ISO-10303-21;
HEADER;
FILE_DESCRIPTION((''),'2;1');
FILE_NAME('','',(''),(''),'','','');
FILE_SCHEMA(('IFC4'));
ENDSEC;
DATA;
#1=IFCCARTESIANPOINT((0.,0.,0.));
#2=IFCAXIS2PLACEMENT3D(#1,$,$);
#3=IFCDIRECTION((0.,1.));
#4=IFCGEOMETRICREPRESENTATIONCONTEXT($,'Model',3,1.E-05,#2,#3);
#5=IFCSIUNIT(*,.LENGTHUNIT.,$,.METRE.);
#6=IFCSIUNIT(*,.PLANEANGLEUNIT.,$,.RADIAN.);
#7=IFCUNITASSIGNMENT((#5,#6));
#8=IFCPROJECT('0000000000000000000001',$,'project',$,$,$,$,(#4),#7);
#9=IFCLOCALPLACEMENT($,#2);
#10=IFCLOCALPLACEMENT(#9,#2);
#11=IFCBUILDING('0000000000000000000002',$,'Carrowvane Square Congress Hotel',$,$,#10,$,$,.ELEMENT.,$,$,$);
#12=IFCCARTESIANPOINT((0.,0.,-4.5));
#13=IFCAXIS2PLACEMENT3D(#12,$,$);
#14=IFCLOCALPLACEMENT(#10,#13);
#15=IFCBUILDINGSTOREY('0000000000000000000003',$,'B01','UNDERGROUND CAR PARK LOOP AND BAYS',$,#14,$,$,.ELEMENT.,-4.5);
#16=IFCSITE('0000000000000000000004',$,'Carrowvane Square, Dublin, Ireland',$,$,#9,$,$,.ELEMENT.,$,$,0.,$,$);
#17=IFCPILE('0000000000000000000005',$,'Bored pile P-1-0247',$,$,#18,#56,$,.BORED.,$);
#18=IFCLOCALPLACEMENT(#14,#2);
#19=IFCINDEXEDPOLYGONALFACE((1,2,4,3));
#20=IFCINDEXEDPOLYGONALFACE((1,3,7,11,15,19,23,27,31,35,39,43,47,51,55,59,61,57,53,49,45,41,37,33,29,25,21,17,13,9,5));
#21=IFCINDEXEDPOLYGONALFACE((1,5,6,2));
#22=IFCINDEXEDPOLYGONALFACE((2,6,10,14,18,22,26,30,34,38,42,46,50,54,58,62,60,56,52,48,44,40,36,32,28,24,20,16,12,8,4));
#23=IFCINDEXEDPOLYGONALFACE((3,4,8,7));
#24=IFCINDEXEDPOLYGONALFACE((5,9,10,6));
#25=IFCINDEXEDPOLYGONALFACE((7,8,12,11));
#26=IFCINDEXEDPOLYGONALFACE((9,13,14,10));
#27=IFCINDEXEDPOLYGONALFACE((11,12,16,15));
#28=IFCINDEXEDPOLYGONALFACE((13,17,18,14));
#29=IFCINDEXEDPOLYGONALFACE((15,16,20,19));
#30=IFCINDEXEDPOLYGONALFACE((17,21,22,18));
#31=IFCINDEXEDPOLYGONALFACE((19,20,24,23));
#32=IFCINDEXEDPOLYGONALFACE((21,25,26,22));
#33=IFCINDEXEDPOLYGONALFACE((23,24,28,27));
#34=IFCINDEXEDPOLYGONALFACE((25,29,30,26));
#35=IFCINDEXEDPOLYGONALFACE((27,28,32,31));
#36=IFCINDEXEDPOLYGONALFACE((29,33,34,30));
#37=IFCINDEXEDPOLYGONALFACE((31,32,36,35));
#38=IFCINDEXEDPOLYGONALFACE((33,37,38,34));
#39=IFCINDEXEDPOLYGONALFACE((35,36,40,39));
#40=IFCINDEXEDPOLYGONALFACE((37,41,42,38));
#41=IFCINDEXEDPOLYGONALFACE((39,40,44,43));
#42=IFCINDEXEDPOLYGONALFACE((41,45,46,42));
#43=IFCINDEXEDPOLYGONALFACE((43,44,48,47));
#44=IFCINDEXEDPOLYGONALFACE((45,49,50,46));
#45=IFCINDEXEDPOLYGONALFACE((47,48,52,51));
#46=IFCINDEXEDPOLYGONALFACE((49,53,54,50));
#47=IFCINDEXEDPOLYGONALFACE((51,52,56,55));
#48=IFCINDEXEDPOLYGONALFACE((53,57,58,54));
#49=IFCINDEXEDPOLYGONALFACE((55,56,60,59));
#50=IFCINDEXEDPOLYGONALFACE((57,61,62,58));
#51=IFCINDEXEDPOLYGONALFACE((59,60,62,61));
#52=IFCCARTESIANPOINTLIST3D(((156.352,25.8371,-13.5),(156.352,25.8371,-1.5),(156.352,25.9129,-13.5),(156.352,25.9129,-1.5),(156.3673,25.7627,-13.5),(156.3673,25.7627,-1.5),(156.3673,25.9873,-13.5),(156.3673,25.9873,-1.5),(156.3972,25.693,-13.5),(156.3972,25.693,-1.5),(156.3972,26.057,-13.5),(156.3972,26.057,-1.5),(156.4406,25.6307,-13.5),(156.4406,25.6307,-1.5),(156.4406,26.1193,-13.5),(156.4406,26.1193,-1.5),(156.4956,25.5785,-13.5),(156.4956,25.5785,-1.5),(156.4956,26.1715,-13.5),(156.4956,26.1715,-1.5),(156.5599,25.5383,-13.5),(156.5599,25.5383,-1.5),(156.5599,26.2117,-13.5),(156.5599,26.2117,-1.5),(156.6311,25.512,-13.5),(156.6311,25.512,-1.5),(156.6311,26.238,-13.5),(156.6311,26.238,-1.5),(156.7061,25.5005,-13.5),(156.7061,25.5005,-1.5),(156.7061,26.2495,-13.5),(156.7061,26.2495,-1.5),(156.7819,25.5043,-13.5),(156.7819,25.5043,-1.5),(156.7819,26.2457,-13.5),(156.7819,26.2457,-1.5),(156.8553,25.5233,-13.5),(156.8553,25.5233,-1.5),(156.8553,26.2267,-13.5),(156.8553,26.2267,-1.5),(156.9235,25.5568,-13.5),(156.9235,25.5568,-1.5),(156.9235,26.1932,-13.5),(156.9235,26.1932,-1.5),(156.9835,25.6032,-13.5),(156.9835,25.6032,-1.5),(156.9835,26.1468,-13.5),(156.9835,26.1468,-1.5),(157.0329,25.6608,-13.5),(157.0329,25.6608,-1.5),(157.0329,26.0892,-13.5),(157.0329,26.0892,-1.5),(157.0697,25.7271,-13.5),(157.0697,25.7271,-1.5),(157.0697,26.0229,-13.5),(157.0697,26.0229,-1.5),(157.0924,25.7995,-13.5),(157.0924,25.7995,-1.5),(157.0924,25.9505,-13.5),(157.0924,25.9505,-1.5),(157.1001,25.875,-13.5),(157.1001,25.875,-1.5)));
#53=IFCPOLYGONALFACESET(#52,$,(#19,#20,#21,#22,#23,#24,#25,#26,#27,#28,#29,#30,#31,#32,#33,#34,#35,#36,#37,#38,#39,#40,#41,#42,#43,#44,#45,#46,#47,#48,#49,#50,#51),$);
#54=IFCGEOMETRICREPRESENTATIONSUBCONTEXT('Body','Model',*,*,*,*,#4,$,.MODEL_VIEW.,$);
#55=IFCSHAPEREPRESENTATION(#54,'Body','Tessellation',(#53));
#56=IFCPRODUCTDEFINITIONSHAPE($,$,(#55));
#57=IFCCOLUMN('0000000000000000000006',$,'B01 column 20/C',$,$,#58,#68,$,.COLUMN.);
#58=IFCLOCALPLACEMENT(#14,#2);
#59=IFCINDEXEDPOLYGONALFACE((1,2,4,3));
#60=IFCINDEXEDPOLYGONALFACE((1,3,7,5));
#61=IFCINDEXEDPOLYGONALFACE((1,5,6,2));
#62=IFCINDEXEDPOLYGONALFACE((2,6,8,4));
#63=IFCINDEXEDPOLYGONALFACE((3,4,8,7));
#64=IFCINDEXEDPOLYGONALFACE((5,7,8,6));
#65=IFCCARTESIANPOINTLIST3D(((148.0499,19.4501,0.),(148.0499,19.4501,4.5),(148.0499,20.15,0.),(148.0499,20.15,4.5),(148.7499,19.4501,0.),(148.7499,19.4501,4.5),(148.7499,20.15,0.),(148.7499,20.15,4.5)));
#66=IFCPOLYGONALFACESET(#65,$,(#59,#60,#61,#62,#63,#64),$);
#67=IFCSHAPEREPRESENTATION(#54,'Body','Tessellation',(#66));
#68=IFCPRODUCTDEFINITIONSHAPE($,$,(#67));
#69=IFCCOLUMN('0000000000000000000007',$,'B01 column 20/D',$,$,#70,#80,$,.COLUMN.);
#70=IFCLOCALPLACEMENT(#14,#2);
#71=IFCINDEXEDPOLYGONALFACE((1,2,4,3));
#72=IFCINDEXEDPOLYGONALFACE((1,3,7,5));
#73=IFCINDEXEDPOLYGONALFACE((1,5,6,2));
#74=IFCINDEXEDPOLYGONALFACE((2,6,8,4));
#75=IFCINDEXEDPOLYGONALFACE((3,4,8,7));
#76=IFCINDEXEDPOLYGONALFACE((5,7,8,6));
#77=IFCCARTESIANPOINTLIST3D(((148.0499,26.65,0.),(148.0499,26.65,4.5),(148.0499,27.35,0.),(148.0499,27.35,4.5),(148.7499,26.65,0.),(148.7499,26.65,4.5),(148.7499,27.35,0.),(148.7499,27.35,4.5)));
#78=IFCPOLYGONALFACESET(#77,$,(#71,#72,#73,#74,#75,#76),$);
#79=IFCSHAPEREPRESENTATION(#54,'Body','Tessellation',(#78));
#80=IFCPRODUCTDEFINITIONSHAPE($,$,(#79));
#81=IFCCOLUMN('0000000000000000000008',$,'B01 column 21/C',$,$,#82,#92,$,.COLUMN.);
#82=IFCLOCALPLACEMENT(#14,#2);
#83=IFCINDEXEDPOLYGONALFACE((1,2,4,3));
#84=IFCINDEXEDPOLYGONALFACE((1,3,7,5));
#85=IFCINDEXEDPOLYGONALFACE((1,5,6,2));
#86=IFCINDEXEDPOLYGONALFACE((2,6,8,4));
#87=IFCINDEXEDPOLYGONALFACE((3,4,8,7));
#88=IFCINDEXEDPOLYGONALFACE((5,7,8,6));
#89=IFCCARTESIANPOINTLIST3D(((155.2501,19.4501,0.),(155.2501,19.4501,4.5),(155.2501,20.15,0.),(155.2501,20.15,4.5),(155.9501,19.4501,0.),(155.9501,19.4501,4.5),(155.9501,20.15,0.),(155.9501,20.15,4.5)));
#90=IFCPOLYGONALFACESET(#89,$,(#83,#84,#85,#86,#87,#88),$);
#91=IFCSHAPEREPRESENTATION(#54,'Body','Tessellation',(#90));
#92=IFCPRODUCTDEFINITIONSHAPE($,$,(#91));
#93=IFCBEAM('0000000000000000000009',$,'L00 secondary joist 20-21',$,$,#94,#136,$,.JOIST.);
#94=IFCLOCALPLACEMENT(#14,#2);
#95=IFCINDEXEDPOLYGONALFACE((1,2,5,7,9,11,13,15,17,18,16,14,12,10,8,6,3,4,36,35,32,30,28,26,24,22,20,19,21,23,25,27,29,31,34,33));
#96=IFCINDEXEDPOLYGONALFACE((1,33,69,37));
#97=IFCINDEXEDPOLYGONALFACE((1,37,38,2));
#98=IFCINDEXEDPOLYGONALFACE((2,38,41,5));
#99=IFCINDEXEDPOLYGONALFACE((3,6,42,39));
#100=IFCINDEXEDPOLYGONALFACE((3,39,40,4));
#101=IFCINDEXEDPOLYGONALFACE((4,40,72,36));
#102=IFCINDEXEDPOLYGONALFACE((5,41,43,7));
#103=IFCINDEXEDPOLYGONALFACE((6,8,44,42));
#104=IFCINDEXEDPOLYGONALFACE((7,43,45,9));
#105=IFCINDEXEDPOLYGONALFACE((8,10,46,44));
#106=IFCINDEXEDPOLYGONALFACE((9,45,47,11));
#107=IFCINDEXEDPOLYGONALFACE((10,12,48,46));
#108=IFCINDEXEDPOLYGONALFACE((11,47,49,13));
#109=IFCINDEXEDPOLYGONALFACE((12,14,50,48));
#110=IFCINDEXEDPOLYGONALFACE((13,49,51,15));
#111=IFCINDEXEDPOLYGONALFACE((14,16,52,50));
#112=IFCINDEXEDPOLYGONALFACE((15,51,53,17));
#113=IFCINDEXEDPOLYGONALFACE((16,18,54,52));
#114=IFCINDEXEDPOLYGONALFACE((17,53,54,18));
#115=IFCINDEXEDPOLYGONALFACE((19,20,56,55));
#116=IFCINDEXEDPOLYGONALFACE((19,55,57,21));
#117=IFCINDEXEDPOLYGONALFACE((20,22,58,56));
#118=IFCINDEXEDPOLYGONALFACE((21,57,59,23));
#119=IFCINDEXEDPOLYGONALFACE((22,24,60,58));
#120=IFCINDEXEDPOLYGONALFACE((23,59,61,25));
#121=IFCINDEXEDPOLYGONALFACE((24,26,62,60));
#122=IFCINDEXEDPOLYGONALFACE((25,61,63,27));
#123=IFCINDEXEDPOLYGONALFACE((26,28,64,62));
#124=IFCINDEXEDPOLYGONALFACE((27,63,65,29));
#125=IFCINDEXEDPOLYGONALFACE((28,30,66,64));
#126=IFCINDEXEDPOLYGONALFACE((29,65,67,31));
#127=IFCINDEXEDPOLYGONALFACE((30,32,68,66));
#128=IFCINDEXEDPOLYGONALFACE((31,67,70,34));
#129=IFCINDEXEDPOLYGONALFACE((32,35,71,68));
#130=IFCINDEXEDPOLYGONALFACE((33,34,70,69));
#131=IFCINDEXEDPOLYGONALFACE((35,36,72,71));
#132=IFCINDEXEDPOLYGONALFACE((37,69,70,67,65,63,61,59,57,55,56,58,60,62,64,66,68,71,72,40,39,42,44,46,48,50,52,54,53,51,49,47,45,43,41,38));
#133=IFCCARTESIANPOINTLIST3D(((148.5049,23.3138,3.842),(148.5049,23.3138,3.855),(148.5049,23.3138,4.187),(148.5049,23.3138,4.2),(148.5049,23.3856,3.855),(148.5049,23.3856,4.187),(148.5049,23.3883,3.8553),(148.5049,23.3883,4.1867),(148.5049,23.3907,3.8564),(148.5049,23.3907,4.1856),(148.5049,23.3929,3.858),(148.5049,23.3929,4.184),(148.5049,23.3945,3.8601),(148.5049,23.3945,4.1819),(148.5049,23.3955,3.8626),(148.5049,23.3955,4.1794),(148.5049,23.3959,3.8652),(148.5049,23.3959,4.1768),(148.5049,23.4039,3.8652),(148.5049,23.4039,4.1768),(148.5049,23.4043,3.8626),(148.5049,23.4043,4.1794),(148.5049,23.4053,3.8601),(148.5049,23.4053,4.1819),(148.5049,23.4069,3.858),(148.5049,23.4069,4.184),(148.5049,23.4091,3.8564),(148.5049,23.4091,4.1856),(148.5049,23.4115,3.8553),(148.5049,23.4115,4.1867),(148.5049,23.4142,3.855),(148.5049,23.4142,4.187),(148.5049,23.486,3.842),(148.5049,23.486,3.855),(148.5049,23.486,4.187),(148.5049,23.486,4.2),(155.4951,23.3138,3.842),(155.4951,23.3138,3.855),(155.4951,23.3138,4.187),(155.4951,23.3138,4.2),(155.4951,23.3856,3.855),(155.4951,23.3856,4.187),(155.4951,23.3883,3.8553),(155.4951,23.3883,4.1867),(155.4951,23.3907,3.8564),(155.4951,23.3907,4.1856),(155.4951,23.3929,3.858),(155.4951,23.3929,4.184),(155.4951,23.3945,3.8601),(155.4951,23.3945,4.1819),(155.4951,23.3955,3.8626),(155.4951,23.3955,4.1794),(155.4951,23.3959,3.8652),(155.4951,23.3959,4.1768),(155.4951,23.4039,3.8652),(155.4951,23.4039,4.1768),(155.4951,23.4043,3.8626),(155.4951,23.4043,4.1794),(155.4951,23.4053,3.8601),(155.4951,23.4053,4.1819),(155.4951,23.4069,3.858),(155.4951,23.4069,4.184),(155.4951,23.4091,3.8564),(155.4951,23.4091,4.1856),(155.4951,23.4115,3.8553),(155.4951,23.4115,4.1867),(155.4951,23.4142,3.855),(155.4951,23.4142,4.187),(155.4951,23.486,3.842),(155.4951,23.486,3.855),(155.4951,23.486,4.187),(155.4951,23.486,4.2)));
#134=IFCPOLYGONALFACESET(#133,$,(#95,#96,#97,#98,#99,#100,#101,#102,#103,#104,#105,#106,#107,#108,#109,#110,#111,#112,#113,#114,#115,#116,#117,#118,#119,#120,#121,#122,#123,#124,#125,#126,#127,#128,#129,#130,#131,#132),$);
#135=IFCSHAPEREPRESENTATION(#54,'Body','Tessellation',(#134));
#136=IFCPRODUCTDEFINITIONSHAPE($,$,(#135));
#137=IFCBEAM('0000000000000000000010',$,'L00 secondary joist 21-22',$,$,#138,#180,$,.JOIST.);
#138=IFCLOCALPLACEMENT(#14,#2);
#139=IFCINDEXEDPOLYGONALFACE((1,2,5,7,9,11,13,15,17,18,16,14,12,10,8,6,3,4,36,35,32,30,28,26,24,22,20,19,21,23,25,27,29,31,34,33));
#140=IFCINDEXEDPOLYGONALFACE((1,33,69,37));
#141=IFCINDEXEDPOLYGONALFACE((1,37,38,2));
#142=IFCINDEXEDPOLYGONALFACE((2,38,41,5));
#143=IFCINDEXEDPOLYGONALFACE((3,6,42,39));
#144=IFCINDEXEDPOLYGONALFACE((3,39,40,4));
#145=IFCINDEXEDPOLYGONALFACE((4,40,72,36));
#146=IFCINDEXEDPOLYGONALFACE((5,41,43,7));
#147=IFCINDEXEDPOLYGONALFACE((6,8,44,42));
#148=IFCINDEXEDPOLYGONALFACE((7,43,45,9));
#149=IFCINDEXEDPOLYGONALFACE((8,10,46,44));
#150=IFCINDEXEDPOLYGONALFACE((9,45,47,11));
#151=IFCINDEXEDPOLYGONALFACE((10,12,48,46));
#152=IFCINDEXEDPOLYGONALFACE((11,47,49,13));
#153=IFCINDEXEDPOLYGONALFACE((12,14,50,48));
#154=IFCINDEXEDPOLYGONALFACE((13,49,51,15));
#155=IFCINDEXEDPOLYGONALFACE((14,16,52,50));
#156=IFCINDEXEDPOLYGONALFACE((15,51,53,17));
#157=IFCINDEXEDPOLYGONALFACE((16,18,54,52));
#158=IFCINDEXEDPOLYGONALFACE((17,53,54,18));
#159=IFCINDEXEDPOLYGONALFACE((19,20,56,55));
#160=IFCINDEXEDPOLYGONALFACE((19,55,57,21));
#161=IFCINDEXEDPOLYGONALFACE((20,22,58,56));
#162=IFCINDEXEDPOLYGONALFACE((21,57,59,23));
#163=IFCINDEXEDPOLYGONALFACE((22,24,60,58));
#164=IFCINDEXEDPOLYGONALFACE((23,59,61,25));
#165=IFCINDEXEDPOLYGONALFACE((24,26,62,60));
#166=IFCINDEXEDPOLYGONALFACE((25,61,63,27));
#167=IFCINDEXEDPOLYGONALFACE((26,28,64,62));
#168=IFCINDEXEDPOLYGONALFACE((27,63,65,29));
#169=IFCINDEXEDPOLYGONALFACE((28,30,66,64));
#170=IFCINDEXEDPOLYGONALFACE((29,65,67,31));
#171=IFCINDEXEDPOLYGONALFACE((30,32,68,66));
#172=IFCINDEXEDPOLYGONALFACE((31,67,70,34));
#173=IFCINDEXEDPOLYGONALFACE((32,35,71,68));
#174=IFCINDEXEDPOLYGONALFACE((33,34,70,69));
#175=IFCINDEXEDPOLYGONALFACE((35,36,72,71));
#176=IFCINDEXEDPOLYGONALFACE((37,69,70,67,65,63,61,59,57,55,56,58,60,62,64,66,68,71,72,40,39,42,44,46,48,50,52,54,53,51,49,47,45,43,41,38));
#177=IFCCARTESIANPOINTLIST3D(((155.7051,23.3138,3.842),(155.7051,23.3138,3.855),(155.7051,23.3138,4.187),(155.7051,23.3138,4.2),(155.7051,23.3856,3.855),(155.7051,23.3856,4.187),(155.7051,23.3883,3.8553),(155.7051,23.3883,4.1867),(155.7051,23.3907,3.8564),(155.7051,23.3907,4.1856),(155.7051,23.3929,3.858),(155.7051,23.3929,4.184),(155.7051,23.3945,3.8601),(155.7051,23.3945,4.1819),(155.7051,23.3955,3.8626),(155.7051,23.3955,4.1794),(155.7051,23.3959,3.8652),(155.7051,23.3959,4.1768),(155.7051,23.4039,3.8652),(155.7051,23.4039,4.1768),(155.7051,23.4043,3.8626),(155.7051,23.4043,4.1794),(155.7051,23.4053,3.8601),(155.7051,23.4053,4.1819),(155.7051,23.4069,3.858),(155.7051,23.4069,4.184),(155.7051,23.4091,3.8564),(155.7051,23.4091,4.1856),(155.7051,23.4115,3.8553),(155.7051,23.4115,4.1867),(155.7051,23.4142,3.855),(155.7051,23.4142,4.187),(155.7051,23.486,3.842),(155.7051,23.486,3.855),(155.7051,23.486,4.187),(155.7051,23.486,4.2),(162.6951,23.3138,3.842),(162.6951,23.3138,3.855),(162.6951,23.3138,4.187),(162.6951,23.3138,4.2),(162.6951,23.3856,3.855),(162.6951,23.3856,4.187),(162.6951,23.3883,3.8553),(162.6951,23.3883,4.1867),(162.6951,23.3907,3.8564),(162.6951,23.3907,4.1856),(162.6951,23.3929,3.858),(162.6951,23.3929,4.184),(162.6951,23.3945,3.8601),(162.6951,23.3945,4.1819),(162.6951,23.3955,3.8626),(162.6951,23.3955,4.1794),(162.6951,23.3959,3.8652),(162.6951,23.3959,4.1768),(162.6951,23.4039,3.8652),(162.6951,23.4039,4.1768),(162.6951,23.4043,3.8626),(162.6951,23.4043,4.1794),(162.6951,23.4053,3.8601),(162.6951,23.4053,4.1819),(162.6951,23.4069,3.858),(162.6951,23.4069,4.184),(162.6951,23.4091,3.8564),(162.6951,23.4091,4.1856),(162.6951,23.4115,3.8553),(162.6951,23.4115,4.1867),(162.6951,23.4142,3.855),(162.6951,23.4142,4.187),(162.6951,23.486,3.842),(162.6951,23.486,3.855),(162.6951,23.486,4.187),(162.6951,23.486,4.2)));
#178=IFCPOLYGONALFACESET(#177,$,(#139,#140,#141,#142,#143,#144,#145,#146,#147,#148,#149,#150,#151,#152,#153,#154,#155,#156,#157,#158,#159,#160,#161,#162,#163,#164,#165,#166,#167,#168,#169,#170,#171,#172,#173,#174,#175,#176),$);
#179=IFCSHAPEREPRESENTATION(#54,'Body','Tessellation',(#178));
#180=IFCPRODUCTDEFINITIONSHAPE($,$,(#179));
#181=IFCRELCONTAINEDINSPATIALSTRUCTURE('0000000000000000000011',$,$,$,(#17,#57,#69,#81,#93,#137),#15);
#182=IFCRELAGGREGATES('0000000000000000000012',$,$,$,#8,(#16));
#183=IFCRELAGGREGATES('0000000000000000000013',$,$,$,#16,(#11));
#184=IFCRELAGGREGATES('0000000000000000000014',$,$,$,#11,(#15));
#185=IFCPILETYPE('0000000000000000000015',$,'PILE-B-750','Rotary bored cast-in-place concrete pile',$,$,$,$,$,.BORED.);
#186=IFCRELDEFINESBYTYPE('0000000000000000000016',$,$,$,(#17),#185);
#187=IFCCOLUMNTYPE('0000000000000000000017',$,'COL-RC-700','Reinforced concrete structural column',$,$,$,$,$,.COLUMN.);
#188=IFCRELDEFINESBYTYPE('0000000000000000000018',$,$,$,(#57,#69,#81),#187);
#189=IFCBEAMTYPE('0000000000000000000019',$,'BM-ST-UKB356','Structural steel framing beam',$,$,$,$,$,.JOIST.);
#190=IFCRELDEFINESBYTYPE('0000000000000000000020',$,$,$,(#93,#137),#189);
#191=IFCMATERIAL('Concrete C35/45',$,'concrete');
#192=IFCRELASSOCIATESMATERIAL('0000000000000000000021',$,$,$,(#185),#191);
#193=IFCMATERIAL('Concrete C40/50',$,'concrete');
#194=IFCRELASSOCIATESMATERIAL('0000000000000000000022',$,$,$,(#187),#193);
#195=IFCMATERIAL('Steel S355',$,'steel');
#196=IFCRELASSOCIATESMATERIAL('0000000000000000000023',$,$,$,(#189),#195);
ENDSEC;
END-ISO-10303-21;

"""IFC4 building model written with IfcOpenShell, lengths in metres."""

from ifc_helpers import new_model, si_unit, direction, frame, origin, origin_2d, place, context, subcontext, project, spatial, rectangle, circle, i_section, extrude, material, material_profile, profile_set, type_object, element, save


model = new_model("IFC4")

# Units and contexts
model_context = context("Model", 3, precision=1e-05, world=origin(), true_north=direction((0.0, 1.0)))
body_context = subcontext(model_context, "Body", "Model", "MODEL_VIEW")
ifc_project = project(units=[si_unit("LENGTHUNIT", "METRE"), si_unit("PLANEANGLEUNIT", "RADIAN")], contexts=[model_context])

# Site, building, storey
site_placement = place(None, origin())
site = spatial("IfcSite", under=ifc_project, at=site_placement, Name="Carrowvane Square, Dublin, Ireland", CompositionType="ELEMENT", RefElevation=0.0)
building_placement = place(site_placement, origin())
building = spatial("IfcBuilding", under=site, at=building_placement, Name="Carrowvane Square Congress Hotel", CompositionType="ELEMENT")
storey_placement = place(building_placement, frame((0.0, 0.0, -4.5)))
storey = spatial("IfcBuildingStorey", under=building, at=storey_placement, Name="B01", Description="UNDERGROUND CAR PARK LOOP AND BAYS", CompositionType="ELEMENT", Elevation=-4.5)

# Pile
ifc_material_1 = material(Name="Concrete C35/45", Category="concrete")
ifc_material_profile_1 = material_profile(ifc_material_1, circle(Radius=0.375, at=origin_2d()), Name="PILE D750")
ifc_profile_set_1 = profile_set([ifc_material_profile_1], Name="Concrete C35/45")
pile_type = type_object("IfcPileType", Name="PILE-B-750", Description="Rotary bored cast-in-place concrete pile", PredefinedType="BORED", material=ifc_profile_set_1)
for number, where, z_axis, x_axis, name in (
    (1, (156.7251, 25.875, -1.5), (0.0, 0.0, -1.0), (1.0, 0.0, 0.0), "Bored pile P-1-0247"),
):
    element("IfcPile", number, at=place(storey_placement, frame(where, z_axis=z_axis, x_axis=x_axis)), inside=storey, type_object=pile_type, Name=name, PredefinedType="BORED", context=body_context, shape_type="SweptSolid", body=[
        extrude(circle(Radius=0.375, at=origin_2d()), origin(), (0.0, 0.0, 1.0), 12.0),
    ])

# Columns
ifc_material_2 = material(Name="Concrete C40/50", Category="concrete")
ifc_material_profile_2 = material_profile(ifc_material_2, rectangle(XDim=0.7, YDim=0.7, at=origin_2d()), Name="RC 700x700")
ifc_profile_set_2 = profile_set([ifc_material_profile_2], Name="Concrete C40/50")
column_type = type_object("IfcColumnType", Name="COL-RC-700", Description="Reinforced concrete structural column", PredefinedType="COLUMN", material=ifc_profile_set_2)
for number, where, z_axis, x_axis, name in (
    (2, (148.3999, 19.8, 0.0), (0.0, 0.0, 1.0), (1.0, 0.0, 0.0), "B01 column 20/C"),
    (3, (148.3999, 27.0, 0.0), (0.0, 0.0, 1.0), (1.0, 0.0, 0.0), "B01 column 20/D"),
    (4, (155.6001, 19.8, 0.0), (0.0, 0.0, 1.0), (1.0, 0.0, 0.0), "B01 column 21/C"),
):
    element("IfcColumn", number, at=place(storey_placement, frame(where, z_axis=z_axis, x_axis=x_axis)), inside=storey, type_object=column_type, Name=name, PredefinedType="COLUMN", context=body_context, shape_type="SweptSolid", body=[
        extrude(rectangle(XDim=0.7, YDim=0.7, at=origin_2d()), origin(), (0.0, 0.0, 1.0), 4.5),
    ])

# Beams
ifc_material_3 = material(Name="Steel S355", Category="steel")
ifc_material_profile_3 = material_profile(ifc_material_3, i_section(OverallWidth=0.1721, OverallDepth=0.3579, WebThickness=0.0081, FlangeThickness=0.0129, FilletRadius=0.0103, at=origin_2d()), Name="UKB 356x171x57")
ifc_profile_set_3 = profile_set([ifc_material_profile_3], Name="Steel S355")
beam_type_1 = type_object("IfcBeamType", Name="BM-ST-UKB356", Description="Structural steel framing beam", PredefinedType="JOIST", material=ifc_profile_set_3)
beam_1_placement = place(storey_placement, frame((148.5049, 23.3999, 4.021), z_axis=(1.0, 0.0, 0.0), x_axis=(0.0, 1.0, 0.0)))
element("IfcBeam", 5, at=beam_1_placement, inside=storey, type_object=beam_type_1, Name="L00 secondary joist 20-21", PredefinedType="JOIST", context=body_context, shape_type="SweptSolid", body=[
    extrude(i_section(OverallWidth=0.1721, OverallDepth=0.3579, WebThickness=0.0081, FlangeThickness=0.0129, FilletRadius=0.0103, at=origin_2d()), origin(), (0.0, 0.0, 1.0), 6.9902),
])
beam_2_placement = place(storey_placement, frame((155.7051, 23.3999, 4.021), z_axis=(1.0, 0.0, 0.0), x_axis=(0.0, 1.0, 0.0)))
element("IfcBeam", 6, at=beam_2_placement, inside=storey, type_object=beam_type_1, Name="L00 secondary joist 21-22", PredefinedType="JOIST", context=body_context, shape_type="SweptSolid", body=[
    extrude(i_section(OverallWidth=0.1721, OverallDepth=0.3579, WebThickness=0.0081, FlangeThickness=0.0129, FilletRadius=0.0103, at=origin_2d()), origin(), (0.0, 0.0, 1.0), 6.99),
])

save(model, "model.ifc")
